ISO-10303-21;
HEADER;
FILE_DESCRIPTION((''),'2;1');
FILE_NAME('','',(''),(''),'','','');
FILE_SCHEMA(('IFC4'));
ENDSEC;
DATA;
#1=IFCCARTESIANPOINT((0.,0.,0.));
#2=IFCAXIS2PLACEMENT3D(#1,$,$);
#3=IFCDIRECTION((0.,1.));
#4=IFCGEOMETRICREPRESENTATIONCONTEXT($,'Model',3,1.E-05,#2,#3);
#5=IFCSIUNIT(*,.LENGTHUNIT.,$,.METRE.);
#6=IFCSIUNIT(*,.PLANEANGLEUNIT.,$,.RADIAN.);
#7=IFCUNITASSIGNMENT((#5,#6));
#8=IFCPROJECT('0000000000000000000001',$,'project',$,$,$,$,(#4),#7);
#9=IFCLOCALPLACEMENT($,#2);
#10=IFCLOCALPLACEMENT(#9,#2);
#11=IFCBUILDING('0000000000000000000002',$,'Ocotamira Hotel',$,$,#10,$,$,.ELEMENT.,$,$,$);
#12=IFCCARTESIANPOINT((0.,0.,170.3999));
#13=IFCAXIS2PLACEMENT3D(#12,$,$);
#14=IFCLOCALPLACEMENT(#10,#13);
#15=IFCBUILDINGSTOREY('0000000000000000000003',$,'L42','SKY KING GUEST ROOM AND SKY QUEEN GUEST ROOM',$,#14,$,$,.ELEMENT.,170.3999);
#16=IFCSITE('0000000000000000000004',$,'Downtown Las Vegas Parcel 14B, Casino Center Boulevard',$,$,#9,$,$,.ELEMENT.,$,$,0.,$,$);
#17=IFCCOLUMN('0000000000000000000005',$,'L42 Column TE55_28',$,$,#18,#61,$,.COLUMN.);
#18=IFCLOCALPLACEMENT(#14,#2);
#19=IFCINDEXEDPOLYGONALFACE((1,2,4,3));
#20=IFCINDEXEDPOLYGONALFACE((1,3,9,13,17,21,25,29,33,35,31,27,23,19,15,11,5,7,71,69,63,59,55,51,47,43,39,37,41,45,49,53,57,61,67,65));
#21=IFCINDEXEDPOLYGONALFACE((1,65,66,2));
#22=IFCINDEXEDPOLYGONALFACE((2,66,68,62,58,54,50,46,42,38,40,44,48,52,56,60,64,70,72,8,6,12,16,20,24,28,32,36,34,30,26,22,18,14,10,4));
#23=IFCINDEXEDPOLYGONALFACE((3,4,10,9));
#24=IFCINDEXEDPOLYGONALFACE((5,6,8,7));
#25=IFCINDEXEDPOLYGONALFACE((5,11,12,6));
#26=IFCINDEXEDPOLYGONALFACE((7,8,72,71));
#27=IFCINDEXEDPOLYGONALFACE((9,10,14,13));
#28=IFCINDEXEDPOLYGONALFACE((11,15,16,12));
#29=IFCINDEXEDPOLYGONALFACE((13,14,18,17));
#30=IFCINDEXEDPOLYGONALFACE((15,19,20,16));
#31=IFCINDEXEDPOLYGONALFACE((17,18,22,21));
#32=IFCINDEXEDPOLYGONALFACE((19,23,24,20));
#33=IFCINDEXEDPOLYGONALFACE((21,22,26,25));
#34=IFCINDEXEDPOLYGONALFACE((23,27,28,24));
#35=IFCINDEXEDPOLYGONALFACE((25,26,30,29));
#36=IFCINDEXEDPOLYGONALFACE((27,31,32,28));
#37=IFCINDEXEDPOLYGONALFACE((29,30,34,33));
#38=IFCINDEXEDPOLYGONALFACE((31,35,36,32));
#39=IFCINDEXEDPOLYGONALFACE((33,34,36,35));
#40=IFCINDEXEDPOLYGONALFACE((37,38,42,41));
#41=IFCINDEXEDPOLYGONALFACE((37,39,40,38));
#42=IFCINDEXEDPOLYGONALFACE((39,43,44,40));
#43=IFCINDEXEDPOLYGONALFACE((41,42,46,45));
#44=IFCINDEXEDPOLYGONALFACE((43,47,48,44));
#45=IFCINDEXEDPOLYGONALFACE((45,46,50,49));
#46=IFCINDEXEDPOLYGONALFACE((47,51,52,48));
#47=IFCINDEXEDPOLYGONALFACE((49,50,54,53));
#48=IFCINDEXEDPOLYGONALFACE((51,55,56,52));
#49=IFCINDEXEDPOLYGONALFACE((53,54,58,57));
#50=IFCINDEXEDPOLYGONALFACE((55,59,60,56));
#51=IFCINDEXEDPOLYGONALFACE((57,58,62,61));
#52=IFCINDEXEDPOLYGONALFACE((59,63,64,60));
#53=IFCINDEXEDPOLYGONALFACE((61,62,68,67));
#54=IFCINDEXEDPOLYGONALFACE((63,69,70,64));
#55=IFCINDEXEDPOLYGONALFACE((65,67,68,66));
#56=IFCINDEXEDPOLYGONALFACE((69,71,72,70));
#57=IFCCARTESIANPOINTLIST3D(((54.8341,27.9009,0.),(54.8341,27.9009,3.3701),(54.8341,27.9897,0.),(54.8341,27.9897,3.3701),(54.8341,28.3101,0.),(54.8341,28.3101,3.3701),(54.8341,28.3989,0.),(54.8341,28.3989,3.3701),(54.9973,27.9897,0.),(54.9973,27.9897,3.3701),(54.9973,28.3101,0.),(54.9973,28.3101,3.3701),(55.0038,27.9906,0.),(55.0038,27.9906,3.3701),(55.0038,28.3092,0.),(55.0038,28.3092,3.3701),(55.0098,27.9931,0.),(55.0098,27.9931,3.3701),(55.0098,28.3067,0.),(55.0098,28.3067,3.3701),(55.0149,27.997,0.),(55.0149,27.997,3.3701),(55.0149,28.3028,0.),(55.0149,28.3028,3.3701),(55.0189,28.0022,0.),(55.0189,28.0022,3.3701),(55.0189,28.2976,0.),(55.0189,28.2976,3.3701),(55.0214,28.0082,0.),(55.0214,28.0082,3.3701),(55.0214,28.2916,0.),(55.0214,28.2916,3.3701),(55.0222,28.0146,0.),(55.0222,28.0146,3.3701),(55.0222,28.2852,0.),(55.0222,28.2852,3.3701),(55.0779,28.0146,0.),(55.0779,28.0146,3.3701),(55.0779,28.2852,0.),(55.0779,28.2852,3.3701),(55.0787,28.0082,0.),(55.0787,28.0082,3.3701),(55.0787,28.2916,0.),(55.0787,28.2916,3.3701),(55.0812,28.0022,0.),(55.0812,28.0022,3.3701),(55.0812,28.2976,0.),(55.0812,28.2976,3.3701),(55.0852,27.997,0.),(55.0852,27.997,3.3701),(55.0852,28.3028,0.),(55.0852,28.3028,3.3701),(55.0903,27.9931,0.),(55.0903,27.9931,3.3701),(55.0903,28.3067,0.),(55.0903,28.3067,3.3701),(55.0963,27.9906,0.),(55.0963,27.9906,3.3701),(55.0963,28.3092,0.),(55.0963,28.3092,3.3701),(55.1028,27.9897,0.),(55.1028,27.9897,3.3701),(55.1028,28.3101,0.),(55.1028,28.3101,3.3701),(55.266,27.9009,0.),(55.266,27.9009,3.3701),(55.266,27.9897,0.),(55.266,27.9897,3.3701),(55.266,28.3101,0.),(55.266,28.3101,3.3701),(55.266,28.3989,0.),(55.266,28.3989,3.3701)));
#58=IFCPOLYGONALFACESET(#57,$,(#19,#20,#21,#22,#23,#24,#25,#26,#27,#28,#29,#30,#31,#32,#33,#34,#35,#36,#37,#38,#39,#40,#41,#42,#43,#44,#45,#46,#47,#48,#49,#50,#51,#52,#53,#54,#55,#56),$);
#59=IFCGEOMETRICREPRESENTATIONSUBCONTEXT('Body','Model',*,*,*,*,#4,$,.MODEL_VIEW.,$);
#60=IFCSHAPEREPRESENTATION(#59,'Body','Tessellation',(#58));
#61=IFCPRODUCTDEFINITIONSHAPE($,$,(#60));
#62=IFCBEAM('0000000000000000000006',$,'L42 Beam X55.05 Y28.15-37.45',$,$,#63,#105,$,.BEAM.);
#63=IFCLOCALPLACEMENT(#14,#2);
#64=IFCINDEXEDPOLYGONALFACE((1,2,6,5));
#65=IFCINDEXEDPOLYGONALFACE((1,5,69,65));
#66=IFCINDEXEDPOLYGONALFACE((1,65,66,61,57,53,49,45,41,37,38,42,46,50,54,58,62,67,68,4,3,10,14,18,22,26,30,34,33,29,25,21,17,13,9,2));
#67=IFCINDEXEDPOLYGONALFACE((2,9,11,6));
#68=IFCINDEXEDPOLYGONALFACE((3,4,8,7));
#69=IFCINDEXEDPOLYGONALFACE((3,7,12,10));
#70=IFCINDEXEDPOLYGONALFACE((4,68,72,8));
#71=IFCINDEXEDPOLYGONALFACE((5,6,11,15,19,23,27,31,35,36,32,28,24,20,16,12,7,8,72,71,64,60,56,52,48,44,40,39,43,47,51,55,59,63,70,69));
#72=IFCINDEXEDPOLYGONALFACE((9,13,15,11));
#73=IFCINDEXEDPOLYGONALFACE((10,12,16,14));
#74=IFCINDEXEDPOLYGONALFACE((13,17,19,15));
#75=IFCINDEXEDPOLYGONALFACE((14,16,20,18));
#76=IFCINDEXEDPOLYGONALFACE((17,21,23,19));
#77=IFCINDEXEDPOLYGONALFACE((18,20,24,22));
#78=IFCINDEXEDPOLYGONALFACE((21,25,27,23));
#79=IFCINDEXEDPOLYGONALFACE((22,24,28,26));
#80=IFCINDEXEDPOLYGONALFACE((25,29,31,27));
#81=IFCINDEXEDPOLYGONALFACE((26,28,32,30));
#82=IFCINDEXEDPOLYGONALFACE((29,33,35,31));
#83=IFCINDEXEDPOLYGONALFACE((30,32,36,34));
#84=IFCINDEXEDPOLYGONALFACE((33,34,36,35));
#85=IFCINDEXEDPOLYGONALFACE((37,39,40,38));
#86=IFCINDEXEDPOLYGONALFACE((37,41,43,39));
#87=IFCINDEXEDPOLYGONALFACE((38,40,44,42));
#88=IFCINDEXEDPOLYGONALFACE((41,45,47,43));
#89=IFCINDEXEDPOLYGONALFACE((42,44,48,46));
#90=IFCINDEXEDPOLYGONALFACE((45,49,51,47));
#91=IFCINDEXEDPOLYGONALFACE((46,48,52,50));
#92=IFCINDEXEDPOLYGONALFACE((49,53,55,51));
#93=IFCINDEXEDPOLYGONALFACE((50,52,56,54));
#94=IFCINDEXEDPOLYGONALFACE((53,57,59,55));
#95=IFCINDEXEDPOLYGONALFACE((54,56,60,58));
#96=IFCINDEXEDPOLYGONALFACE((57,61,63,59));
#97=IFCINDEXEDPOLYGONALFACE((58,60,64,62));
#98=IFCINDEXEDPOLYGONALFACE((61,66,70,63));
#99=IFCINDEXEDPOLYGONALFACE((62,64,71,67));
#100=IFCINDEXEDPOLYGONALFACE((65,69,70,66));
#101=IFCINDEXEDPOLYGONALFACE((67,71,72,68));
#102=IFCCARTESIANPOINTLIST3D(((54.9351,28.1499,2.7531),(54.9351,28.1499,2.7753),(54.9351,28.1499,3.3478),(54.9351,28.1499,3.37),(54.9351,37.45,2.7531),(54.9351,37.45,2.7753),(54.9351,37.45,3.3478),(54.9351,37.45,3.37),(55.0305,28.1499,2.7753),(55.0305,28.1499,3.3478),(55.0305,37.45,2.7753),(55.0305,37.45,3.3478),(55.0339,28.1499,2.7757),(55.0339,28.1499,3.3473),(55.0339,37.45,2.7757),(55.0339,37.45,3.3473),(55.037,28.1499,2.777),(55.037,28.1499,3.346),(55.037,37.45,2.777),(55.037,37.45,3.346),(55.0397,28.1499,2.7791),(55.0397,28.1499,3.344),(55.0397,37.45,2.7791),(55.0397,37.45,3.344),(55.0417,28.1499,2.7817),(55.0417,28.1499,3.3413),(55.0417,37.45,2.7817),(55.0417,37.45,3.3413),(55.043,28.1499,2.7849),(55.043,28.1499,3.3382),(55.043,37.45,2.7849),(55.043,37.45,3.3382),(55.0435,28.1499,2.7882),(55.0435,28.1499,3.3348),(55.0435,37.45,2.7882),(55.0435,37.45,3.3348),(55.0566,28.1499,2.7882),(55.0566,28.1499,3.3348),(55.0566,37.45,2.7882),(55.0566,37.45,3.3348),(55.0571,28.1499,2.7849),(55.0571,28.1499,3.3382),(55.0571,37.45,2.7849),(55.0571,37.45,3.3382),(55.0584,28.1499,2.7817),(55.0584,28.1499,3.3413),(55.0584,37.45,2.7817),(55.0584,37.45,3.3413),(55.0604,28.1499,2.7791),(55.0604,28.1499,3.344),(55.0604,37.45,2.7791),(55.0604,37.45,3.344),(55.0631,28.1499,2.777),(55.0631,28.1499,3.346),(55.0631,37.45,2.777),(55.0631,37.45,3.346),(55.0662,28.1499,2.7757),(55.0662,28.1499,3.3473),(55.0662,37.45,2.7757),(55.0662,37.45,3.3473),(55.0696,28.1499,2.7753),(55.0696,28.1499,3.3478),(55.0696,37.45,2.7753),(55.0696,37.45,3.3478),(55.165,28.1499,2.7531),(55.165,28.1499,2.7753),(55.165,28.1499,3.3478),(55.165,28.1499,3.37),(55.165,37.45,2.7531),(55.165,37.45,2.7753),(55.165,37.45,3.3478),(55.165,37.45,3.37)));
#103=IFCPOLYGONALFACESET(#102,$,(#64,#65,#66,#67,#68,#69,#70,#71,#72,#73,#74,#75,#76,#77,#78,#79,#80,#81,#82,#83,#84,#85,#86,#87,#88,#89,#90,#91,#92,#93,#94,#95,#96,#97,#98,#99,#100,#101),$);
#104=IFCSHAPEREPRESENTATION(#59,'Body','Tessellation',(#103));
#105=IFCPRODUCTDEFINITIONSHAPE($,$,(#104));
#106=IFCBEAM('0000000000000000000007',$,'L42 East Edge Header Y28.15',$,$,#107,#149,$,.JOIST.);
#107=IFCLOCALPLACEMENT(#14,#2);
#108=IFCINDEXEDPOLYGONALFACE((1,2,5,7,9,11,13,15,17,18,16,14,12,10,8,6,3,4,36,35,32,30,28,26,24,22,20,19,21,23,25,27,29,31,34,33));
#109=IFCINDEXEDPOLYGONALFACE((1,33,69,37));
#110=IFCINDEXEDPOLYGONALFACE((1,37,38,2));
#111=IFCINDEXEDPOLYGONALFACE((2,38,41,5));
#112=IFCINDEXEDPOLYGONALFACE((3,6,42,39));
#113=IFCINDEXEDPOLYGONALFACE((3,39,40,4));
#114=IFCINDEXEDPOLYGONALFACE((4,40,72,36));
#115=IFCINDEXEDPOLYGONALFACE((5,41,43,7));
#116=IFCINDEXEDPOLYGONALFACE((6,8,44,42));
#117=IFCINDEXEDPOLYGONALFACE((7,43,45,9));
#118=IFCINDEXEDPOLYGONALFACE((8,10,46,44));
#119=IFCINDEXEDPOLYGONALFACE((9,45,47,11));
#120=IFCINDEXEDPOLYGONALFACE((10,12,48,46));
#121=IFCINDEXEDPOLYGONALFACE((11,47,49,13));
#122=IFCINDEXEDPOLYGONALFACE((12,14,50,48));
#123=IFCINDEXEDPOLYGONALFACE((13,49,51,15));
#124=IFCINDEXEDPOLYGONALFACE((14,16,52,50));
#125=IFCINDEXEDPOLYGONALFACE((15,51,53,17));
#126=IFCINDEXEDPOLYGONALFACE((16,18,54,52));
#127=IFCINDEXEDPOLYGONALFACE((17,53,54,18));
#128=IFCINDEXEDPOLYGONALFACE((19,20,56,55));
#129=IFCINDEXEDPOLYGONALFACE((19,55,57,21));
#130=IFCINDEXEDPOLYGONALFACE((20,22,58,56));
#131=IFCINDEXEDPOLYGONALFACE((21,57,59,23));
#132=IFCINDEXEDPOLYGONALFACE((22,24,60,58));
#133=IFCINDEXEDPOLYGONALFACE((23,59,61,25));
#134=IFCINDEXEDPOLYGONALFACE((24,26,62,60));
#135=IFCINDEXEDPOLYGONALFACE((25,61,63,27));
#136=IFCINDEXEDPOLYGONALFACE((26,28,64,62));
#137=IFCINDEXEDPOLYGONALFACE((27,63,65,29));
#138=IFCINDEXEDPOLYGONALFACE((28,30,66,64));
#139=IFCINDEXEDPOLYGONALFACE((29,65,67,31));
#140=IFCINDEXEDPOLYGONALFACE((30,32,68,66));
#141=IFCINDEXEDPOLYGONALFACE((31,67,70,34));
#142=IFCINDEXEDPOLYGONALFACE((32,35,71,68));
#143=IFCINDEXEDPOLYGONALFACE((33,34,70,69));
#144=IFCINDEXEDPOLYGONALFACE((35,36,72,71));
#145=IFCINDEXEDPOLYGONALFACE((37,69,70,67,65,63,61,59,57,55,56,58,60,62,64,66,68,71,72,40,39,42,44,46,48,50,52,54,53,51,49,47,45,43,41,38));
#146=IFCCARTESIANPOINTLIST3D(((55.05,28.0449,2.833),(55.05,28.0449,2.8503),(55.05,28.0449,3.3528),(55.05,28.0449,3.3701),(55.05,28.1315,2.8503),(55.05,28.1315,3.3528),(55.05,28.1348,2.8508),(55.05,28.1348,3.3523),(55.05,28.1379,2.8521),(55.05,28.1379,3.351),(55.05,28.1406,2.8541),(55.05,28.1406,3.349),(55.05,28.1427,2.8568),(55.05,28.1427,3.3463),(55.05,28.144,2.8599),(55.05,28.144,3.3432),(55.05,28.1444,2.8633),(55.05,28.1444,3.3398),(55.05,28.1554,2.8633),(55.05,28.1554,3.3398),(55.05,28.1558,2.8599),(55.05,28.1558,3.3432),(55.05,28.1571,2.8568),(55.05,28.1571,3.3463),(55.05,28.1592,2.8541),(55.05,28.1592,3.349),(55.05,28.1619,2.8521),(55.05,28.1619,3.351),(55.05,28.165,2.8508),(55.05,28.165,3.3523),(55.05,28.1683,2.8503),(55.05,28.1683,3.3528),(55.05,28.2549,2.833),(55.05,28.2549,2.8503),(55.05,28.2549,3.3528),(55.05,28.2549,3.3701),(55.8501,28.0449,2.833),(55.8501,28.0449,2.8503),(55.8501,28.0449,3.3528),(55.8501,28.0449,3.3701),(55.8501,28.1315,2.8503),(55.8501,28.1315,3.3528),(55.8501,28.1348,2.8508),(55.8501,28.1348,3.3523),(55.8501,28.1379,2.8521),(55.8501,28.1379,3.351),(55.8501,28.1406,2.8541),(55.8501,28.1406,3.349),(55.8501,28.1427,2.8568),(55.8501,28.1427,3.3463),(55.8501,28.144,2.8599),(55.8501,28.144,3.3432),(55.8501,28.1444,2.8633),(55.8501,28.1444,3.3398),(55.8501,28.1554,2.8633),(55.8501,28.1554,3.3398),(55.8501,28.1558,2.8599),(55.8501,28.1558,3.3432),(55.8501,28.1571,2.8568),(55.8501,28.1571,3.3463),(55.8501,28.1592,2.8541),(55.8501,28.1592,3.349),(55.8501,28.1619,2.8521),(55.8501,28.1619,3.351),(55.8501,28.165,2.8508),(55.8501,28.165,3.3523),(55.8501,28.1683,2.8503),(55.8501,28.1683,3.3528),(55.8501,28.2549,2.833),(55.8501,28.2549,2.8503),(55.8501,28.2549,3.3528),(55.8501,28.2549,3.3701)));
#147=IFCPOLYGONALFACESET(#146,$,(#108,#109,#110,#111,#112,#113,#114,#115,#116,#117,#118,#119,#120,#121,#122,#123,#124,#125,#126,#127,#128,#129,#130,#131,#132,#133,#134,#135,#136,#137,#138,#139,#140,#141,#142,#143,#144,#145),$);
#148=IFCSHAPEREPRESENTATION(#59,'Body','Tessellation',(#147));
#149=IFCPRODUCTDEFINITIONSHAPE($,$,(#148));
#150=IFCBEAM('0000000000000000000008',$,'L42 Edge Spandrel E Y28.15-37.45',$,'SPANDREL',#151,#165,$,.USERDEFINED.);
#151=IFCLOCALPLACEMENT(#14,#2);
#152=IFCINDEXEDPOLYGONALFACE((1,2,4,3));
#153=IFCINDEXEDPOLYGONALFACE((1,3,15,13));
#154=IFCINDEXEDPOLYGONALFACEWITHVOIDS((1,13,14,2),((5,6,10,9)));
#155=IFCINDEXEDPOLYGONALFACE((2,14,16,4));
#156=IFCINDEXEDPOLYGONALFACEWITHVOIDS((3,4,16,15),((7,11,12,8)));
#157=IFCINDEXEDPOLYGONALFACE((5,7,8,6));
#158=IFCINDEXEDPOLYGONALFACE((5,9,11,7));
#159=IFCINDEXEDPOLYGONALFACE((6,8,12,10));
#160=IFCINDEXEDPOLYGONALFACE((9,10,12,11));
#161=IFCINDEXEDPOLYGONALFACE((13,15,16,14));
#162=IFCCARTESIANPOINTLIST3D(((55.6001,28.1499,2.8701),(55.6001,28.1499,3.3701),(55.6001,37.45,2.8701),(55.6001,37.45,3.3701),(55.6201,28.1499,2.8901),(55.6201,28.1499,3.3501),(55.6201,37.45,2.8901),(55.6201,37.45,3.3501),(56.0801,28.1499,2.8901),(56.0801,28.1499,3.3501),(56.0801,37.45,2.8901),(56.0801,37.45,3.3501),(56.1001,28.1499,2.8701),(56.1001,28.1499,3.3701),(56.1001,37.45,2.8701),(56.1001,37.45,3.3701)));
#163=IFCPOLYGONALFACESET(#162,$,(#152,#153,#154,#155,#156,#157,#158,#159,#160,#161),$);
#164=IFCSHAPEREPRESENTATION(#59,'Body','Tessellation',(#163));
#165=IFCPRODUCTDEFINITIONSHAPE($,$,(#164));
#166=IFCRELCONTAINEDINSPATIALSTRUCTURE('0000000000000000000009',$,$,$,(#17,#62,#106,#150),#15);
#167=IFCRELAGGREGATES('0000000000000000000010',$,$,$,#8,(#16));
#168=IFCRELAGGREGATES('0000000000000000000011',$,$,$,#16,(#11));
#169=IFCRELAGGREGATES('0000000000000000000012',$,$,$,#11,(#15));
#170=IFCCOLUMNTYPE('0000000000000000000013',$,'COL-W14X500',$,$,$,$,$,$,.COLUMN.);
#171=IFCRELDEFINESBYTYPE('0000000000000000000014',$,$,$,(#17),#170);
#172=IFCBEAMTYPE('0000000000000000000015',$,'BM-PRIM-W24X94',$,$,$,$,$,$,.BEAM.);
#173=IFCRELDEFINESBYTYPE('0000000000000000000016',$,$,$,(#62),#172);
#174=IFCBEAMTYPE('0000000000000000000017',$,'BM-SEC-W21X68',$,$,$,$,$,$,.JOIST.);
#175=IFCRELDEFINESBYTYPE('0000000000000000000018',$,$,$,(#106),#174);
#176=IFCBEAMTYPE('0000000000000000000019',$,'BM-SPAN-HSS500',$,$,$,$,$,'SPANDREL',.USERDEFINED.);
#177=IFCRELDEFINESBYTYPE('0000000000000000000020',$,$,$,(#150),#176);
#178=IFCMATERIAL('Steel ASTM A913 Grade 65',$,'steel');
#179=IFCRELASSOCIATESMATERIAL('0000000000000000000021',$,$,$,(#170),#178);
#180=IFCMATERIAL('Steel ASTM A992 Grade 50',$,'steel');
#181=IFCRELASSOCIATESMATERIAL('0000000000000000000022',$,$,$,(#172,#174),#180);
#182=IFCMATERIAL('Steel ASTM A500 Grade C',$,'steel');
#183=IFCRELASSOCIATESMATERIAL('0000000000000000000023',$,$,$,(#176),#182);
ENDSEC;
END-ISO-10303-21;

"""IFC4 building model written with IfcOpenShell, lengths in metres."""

from ifc_helpers import new_model, si_unit, direction, frame, origin, origin_2d, place, context, subcontext, project, spatial, hollow_rectangle, i_section, extrude, source, transform, mapped, material, material_profile, profile_set, type_object, element, save


model = new_model("IFC4")

# Units and contexts
model_context = context("Model", 3, precision=1e-05, world=origin(), true_north=direction((0.0, 1.0)))
body_context = subcontext(model_context, "Body", "Model", "MODEL_VIEW")
ifc_project = project(units=[si_unit("LENGTHUNIT", "METRE"), si_unit("PLANEANGLEUNIT", "RADIAN")], contexts=[model_context])

# Site, building, storey
site_placement = place(None, origin())
site = spatial("IfcSite", under=ifc_project, at=site_placement, Name="Downtown Las Vegas Parcel 14B, Casino Center Boulevard", CompositionType="ELEMENT", RefElevation=0.0)
building_placement = place(site_placement, origin())
building = spatial("IfcBuilding", under=site, at=building_placement, Name="Ocotamira Hotel", CompositionType="ELEMENT")
storey_placement = place(building_placement, frame((0.0, 0.0, 170.3999)))
storey = spatial("IfcBuildingStorey", under=building, at=storey_placement, Name="L42", Description="SKY KING GUEST ROOM AND SKY QUEEN GUEST ROOM", CompositionType="ELEMENT", Elevation=170.3999)

# Column
ifc_material_1 = material(Name="Steel ASTM A913 Grade 65", Category="steel")
ifc_material_profile_1 = material_profile(ifc_material_1, i_section(OverallWidth=0.4319, OverallDepth=0.498, WebThickness=0.0557, FlangeThickness=0.0889, FilletRadius=0.0249, at=origin_2d()), Name="W14X500")
ifc_profile_set_1 = profile_set([ifc_material_profile_1], Name="Steel ASTM A913 Grade 65")
column_type = type_object("IfcColumnType", Name="COL-W14X500", PredefinedType="COLUMN", material=ifc_profile_set_1)
shared_shape_1 = source(origin(), body_context, "Body", "SweptSolid", [
    extrude(i_section(OverallWidth=0.4319, OverallDepth=0.498, WebThickness=0.0557, FlangeThickness=0.0889, FilletRadius=0.0249, at=origin_2d()), origin(), (0.0, 0.0, 1.0), 3.3701),
])
column_placement = place(storey_placement, frame((55.05, 28.1499, 0.0), z_axis=(0.0, 0.0, 1.0), x_axis=(1.0, 0.0, 0.0)))
element("IfcColumn", 1, at=column_placement, inside=storey, type_object=column_type, Name="L42 Column TE55_28", PredefinedType="COLUMN", context=body_context, shape_type="MappedRepresentation", body=[
    mapped(shared_shape_1, transform((0.0, 0.0, 0.0), scale=1.0)),
])

# Beams
ifc_material_2 = material(Name="Steel ASTM A992 Grade 50", Category="steel")
ifc_material_profile_2 = material_profile(ifc_material_2, i_section(OverallWidth=0.23, OverallDepth=0.6169, WebThickness=0.0132, FlangeThickness=0.0222, FilletRadius=0.0129, at=origin_2d()), Name="W24X94")
ifc_profile_set_2 = profile_set([ifc_material_profile_2], Name="Steel ASTM A992 Grade 50")
beam_type_1 = type_object("IfcBeamType", Name="BM-PRIM-W24X94", PredefinedType="BEAM", material=ifc_profile_set_2)
shared_shape_2 = source(origin(), body_context, "Body", "SweptSolid", [
    extrude(i_section(OverallWidth=0.23, OverallDepth=0.6169, WebThickness=0.0132, FlangeThickness=0.0222, FilletRadius=0.0129, at=origin_2d()), origin(), (0.0, 0.0, 1.0), 9.3),
])
beam_1_placement = place(storey_placement, frame((55.05, 28.1499, 3.0615), z_axis=(0.0, 1.0, 0.0), x_axis=(-1.0, 0.0, 0.0)))
element("IfcBeam", 2, at=beam_1_placement, inside=storey, type_object=beam_type_1, Name="L42 Beam X55.05 Y28.15-37.45", PredefinedType="BEAM", context=body_context, shape_type="MappedRepresentation", body=[
    mapped(shared_shape_2, transform((0.0, 0.0, 0.0), scale=1.0)),
])
ifc_material_profile_3 = material_profile(ifc_material_2, i_section(OverallWidth=0.21, OverallDepth=0.5371, WebThickness=0.011, FlangeThickness=0.0173, FilletRadius=0.0129, at=origin_2d()), Name="W21X68")
ifc_profile_set_3 = profile_set([ifc_material_profile_3], Name="Steel ASTM A992 Grade 50")
beam_type_2 = type_object("IfcBeamType", Name="BM-SEC-W21X68", PredefinedType="JOIST", material=ifc_profile_set_3)
shared_shape_3 = source(origin(), body_context, "Body", "SweptSolid", [
    extrude(i_section(OverallWidth=0.21, OverallDepth=0.5371, WebThickness=0.011, FlangeThickness=0.0173, FilletRadius=0.0129, at=origin_2d()), origin(), (0.0, 0.0, 1.0), 0.8),
])
beam_2_placement = place(storey_placement, frame((55.05, 28.1499, 3.1016), z_axis=(1.0, 0.0, 0.0), x_axis=(0.0, 1.0, 0.0)))
element("IfcBeam", 3, at=beam_2_placement, inside=storey, type_object=beam_type_2, Name="L42 East Edge Header Y28.15", PredefinedType="JOIST", context=body_context, shape_type="MappedRepresentation", body=[
    mapped(shared_shape_3, transform((0.0, 0.0, 0.0), scale=1.0)),
])
ifc_material_3 = material(Name="Steel ASTM A500 Grade C", Category="steel")
ifc_material_profile_4 = material_profile(ifc_material_3, hollow_rectangle(XDim=0.5, YDim=0.5, WallThickness=0.02, at=origin_2d()), Name="HSS500X500X20")
ifc_profile_set_4 = profile_set([ifc_material_profile_4], Name="Steel ASTM A500 Grade C")
beam_type_3 = type_object("IfcBeamType", Name="BM-SPAN-HSS500", ElementType="SPANDREL", PredefinedType="USERDEFINED", material=ifc_profile_set_4)
shared_shape_4 = source(origin(), body_context, "Body", "SweptSolid", [
    extrude(hollow_rectangle(XDim=0.5, YDim=0.5, WallThickness=0.02, at=origin_2d()), origin(), (0.0, 0.0, 1.0), 9.3),
])
beam_3_placement = place(storey_placement, frame((55.8501, 28.1499, 3.1201), z_axis=(0.0, 1.0, 0.0), x_axis=(-1.0, 0.0, 0.0)))
element("IfcBeam", 4, at=beam_3_placement, inside=storey, type_object=beam_type_3, Name="L42 Edge Spandrel E Y28.15-37.45", ObjectType="SPANDREL", PredefinedType="USERDEFINED", context=body_context, shape_type="MappedRepresentation", body=[
    mapped(shared_shape_4, transform((0.0, 0.0, 0.0), scale=1.0)),
])

save(model, "model.ifc")
